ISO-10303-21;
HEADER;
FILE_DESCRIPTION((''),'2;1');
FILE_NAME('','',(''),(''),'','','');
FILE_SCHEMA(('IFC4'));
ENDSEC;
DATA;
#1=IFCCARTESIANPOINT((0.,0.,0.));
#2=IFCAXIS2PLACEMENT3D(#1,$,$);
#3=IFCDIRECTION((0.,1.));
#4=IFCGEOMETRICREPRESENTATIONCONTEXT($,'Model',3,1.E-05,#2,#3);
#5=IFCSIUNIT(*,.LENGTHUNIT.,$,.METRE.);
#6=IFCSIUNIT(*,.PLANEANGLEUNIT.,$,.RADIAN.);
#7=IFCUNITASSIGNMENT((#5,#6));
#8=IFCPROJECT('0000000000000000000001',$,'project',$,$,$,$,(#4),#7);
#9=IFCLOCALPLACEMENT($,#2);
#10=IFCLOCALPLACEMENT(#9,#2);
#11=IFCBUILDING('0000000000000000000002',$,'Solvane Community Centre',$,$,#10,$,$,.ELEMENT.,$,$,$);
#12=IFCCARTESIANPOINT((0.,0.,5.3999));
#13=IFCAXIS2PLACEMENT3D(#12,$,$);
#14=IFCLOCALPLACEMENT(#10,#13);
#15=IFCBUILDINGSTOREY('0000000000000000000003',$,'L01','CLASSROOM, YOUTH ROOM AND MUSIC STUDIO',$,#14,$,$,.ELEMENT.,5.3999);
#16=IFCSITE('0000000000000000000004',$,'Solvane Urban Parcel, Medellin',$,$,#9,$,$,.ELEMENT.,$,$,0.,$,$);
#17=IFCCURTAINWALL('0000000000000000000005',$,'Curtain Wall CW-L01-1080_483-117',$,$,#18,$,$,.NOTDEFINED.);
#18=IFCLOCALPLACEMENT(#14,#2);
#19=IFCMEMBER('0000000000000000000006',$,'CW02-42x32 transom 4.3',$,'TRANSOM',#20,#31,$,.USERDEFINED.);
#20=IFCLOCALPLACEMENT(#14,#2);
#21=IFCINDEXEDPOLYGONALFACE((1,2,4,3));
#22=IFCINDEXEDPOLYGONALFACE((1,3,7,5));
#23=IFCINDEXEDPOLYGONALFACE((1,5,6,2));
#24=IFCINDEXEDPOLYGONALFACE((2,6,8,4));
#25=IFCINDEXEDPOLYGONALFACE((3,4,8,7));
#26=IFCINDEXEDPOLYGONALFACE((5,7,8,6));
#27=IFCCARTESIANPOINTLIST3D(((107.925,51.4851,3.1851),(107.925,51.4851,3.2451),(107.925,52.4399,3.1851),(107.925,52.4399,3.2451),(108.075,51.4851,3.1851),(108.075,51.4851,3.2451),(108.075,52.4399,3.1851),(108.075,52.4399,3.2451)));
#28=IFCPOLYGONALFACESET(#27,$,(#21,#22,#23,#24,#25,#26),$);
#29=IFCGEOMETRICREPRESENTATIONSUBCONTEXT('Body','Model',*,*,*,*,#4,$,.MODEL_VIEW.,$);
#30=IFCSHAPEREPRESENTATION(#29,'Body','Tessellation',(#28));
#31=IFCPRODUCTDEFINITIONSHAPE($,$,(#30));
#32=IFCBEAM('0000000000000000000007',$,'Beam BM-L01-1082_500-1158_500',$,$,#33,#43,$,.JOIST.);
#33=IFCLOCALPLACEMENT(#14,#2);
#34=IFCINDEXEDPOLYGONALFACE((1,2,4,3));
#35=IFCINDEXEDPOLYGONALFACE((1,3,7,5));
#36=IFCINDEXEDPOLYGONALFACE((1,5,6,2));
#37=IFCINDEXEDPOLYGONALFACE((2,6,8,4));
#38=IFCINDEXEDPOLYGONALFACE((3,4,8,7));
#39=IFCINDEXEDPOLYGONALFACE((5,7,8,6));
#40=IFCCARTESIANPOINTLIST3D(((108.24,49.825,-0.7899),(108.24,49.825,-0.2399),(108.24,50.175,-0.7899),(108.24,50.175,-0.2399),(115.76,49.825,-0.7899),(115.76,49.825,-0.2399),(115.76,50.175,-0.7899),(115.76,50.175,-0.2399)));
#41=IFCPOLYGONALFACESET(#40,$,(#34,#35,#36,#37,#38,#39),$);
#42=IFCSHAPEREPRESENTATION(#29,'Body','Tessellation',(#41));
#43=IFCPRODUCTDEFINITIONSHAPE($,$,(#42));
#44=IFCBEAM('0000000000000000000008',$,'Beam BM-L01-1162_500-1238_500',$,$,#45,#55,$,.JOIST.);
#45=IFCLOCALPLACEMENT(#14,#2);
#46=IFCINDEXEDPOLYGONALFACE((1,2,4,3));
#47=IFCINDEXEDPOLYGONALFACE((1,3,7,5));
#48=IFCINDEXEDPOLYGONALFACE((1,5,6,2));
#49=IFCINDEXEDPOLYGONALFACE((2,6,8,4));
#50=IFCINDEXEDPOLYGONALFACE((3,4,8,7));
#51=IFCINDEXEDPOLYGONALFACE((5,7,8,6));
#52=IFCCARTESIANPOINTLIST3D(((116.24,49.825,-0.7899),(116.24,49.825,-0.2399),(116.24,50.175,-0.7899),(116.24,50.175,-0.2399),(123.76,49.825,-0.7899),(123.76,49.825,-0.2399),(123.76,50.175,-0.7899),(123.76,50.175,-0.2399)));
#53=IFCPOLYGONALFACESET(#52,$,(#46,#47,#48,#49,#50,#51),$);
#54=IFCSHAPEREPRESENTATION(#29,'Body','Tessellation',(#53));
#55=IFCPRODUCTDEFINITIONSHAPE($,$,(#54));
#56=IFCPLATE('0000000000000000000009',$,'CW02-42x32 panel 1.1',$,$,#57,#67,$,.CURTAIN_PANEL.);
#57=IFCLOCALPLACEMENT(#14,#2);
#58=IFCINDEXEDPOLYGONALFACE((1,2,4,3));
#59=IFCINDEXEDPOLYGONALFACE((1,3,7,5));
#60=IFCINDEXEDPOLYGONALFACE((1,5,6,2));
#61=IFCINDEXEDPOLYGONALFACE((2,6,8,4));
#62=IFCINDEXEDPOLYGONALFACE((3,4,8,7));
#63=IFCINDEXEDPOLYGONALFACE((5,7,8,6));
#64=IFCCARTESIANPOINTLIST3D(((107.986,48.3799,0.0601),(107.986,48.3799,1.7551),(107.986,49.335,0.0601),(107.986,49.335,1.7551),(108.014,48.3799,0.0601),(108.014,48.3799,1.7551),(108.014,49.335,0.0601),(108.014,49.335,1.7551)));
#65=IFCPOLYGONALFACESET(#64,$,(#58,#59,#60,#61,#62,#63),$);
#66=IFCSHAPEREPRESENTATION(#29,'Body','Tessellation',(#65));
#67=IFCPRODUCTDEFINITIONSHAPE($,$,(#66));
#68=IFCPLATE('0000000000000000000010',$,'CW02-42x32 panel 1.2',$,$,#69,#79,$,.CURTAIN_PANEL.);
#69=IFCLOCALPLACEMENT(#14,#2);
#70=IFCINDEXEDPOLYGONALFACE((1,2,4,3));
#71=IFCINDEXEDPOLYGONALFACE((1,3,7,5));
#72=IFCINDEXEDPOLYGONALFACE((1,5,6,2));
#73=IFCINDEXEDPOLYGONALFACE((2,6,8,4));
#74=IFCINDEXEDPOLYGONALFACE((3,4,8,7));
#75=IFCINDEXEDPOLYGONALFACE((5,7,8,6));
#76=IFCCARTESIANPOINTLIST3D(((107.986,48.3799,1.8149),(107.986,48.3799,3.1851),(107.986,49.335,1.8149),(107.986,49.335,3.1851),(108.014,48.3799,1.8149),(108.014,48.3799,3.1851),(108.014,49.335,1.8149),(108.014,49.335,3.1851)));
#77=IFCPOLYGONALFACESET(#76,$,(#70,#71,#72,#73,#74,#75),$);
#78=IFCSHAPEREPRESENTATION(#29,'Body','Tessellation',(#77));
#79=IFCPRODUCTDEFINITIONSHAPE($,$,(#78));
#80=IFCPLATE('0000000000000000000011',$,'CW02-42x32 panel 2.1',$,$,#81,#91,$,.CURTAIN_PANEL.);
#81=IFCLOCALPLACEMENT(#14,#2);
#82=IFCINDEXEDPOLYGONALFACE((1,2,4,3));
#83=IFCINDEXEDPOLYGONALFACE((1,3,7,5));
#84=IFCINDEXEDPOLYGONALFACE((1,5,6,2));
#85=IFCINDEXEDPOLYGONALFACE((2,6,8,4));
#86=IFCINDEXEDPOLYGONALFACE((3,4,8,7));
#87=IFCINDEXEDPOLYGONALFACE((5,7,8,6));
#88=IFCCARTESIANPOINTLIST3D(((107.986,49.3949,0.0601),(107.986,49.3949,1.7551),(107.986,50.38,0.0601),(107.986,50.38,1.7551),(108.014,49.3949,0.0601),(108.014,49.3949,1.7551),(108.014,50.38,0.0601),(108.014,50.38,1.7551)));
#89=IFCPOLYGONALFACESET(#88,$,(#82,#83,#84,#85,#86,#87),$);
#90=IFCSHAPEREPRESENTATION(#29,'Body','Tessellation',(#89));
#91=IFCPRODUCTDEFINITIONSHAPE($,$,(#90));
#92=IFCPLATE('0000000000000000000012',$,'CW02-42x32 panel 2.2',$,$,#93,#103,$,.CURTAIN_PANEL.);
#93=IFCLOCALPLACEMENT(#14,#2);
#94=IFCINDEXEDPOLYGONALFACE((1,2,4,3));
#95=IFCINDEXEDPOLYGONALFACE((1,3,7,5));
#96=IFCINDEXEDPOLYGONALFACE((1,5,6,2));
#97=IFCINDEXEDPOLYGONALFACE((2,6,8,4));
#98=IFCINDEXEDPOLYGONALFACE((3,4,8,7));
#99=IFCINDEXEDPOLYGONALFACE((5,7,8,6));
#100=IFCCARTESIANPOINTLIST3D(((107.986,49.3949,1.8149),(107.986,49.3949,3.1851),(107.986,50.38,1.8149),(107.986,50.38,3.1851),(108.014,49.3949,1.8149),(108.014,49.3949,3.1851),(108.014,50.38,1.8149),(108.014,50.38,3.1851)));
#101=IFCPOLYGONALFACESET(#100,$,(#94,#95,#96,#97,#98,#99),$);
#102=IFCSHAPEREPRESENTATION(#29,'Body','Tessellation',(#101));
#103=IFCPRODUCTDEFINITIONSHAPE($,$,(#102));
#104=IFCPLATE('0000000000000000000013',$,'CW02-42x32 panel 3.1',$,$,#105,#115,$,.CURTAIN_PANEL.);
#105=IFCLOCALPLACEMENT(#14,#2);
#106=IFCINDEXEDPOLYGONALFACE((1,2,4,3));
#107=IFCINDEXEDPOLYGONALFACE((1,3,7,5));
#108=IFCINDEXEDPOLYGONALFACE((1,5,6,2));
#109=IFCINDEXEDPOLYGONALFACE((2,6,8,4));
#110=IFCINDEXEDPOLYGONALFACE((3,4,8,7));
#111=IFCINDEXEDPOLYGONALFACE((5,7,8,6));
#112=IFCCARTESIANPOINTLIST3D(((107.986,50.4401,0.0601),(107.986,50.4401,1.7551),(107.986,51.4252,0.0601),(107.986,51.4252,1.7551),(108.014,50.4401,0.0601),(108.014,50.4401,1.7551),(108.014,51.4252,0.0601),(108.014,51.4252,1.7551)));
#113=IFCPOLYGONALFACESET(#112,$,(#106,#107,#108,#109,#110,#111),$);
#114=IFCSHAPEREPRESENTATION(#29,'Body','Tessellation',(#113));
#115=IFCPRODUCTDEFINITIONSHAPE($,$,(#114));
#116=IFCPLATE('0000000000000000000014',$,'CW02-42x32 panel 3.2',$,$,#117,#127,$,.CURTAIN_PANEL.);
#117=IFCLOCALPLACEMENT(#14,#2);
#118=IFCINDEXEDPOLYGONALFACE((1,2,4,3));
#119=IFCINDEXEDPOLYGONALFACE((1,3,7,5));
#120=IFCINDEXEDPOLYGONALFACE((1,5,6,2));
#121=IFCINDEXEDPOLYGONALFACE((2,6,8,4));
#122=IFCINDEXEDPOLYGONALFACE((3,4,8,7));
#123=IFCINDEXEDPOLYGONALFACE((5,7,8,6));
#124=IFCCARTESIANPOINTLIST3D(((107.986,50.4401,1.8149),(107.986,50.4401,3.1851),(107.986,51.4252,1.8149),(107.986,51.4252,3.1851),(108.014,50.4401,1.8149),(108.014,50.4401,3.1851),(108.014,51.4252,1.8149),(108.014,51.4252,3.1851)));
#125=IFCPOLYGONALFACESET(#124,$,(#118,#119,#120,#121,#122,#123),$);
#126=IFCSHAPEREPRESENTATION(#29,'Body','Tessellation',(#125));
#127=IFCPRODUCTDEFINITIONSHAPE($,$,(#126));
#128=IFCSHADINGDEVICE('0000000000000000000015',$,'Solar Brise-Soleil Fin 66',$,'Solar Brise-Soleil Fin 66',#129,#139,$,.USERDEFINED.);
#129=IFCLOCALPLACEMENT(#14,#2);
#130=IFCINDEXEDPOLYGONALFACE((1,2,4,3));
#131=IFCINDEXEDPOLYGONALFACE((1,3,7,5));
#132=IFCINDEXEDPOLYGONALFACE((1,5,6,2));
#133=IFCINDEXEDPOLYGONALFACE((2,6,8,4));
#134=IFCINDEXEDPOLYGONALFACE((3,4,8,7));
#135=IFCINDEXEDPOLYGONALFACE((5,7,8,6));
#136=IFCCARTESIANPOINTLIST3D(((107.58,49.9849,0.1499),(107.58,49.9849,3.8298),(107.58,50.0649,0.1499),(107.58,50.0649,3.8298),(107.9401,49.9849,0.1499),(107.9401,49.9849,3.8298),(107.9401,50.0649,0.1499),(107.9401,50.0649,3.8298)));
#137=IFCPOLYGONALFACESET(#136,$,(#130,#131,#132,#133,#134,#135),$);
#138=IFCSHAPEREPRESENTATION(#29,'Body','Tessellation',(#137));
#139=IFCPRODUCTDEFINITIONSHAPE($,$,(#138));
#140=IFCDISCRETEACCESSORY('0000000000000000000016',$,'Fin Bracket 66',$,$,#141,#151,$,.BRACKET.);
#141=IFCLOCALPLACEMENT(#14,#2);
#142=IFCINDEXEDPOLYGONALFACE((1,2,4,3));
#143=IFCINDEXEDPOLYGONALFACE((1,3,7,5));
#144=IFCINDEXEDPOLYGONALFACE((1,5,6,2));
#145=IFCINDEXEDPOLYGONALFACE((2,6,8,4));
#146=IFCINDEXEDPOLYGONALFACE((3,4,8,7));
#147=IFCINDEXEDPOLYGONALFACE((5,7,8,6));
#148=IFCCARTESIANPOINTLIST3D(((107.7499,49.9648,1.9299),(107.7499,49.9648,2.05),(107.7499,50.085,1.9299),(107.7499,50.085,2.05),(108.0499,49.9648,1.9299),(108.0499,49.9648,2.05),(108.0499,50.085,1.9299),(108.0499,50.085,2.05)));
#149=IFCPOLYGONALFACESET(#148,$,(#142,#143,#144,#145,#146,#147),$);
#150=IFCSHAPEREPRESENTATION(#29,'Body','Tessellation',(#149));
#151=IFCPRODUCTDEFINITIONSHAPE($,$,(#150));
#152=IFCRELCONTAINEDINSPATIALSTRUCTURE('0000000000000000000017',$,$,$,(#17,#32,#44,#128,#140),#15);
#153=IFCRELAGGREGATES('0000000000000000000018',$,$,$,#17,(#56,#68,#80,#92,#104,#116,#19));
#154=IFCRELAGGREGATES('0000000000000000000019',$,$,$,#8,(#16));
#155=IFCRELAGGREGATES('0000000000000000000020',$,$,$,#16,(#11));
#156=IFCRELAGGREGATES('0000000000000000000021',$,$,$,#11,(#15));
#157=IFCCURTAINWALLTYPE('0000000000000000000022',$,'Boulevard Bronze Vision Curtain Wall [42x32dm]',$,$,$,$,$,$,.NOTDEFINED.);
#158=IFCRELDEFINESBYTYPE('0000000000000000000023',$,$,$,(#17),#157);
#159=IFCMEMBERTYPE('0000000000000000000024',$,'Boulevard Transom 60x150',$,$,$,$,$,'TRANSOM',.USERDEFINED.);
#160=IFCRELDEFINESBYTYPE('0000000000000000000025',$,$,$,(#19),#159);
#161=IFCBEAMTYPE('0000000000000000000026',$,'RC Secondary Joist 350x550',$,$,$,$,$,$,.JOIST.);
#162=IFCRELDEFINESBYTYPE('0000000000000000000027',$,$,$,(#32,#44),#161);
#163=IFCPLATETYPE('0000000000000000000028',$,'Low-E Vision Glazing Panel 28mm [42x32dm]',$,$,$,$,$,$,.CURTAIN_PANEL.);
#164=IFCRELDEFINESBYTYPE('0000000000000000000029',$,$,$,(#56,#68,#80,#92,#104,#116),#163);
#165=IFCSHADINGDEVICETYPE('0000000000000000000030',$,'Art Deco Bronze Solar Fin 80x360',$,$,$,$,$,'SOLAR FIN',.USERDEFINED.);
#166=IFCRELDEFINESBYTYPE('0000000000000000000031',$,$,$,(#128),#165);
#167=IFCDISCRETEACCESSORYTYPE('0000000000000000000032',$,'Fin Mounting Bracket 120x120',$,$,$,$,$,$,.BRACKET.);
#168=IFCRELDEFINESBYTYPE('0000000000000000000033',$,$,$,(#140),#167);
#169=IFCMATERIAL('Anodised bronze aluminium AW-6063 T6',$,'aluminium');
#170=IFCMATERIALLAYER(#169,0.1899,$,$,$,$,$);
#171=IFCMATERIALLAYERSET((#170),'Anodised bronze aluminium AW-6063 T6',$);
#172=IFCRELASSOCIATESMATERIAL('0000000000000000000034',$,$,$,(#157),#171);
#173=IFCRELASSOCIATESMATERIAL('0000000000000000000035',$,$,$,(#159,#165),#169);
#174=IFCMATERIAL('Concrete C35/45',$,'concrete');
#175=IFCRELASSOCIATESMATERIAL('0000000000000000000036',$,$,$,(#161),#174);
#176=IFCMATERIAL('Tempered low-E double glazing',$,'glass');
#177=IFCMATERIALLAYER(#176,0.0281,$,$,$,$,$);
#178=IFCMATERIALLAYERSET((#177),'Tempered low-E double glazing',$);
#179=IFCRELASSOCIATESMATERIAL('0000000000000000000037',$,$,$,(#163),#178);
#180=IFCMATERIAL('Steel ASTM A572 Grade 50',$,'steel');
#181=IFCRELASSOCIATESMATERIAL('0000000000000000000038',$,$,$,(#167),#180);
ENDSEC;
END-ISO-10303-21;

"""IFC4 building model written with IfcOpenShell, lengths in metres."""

from ifc_helpers import new_model, si_unit, direction, frame, origin, origin_2d, place, context, subcontext, project, spatial, rectangle, extrude, material, layer, layer_set, material_profile, profile_set, type_object, element, aggregate, save


model = new_model("IFC4")

# Units and contexts
model_context = context("Model", 3, precision=1e-05, world=origin(), true_north=direction((0.0, 1.0)))
body_context = subcontext(model_context, "Body", "Model", "MODEL_VIEW")
ifc_project = project(units=[si_unit("LENGTHUNIT", "METRE"), si_unit("PLANEANGLEUNIT", "RADIAN")], contexts=[model_context])

# Site, building, storey
site_placement = place(None, origin())
site = spatial("IfcSite", under=ifc_project, at=site_placement, Name="Solvane Urban Parcel, Medellin", CompositionType="ELEMENT", RefElevation=0.0)
building_placement = place(site_placement, origin())
building = spatial("IfcBuilding", under=site, at=building_placement, Name="Solvane Community Centre", CompositionType="ELEMENT")
storey_placement = place(building_placement, frame((0.0, 0.0, 5.3999)))
storey = spatial("IfcBuildingStorey", under=building, at=storey_placement, Name="L01", Description="CLASSROOM, YOUTH ROOM AND MUSIC STUDIO", CompositionType="ELEMENT", Elevation=5.3999)

# Curtain wall, member
ifc_material_1 = material(Name="Anodised bronze aluminium AW-6063 T6", Category="aluminium")
ifc_layer_1 = layer(ifc_material_1, 0.1899)
ifc_layer_set_1 = layer_set([ifc_layer_1], Name="Anodised bronze aluminium AW-6063 T6")
curtain_wall_type = type_object("IfcCurtainWallType", Name="Boulevard Bronze Vision Curtain Wall [42x32dm]", PredefinedType="NOTDEFINED", material=ifc_layer_set_1)
curtain_wall_placement = place(storey_placement, origin())
curtain_wall = element("IfcCurtainWall", 1, at=curtain_wall_placement, inside=storey, type_object=curtain_wall_type, Name="Curtain Wall CW-L01-1080_483-117", PredefinedType="NOTDEFINED")
ifc_material_profile_1 = material_profile(ifc_material_1, rectangle(XDim=0.1499, YDim=0.0601, at=origin_2d()), Name="CW-T 60x150")
ifc_profile_set_1 = profile_set([ifc_material_profile_1], Name="Anodised bronze aluminium AW-6063 T6")
member_type_1 = type_object("IfcMemberType", Name="Boulevard Transom 60x150", ElementType="TRANSOM", PredefinedType="USERDEFINED", material=ifc_profile_set_1)
member_1_placement = place(storey_placement, frame((108.0, 51.4851, 3.2151), z_axis=(0.0, 1.0, 0.0), x_axis=(-1.0, 0.0, 0.0)))
member_1 = element("IfcMember", 2, at=member_1_placement, type_object=member_type_1, Name="CW02-42x32 transom 4.3", ObjectType="TRANSOM", PredefinedType="USERDEFINED", context=body_context, shape_type="SweptSolid", body=[
    extrude(rectangle(XDim=0.1499, YDim=0.0601, at=origin_2d()), origin(), (0.0, 0.0, 1.0), 0.9548),
])

# Beams
ifc_material_2 = material(Name="Concrete C35/45", Category="concrete")
ifc_material_profile_2 = material_profile(ifc_material_2, rectangle(XDim=0.3501, YDim=0.55, at=origin_2d()), Name="RC 350x550")
ifc_profile_set_2 = profile_set([ifc_material_profile_2], Name="Concrete C35/45")
beam_type = type_object("IfcBeamType", Name="RC Secondary Joist 350x550", PredefinedType="JOIST", material=ifc_profile_set_2)
for number, where, z_axis, x_axis, name in (
    (3, (108.24, 50.0, -0.5149), (1.0, 0.0, 0.0), (0.0, 1.0, 0.0), "Beam BM-L01-1082_500-1158_500"),
    (4, (116.24, 50.0, -0.5149), (1.0, 0.0, 0.0), (0.0, 1.0, 0.0), "Beam BM-L01-1162_500-1238_500"),
):
    element("IfcBeam", number, at=place(storey_placement, frame(where, z_axis=z_axis, x_axis=x_axis)), inside=storey, type_object=beam_type, Name=name, PredefinedType="JOIST", context=body_context, shape_type="SweptSolid", body=[
        extrude(rectangle(XDim=0.3501, YDim=0.55, at=origin_2d()), origin(), (0.0, 0.0, 1.0), 7.52),
    ])

# Plates
ifc_material_3 = material(Name="Tempered low-E double glazing", Category="glass")
ifc_layer_2 = layer(ifc_material_3, 0.0281)
ifc_layer_set_2 = layer_set([ifc_layer_2], Name="Tempered low-E double glazing")
plate_type = type_object("IfcPlateType", Name="Low-E Vision Glazing Panel 28mm [42x32dm]", PredefinedType="CURTAIN_PANEL", material=ifc_layer_set_2)
plate_1_placement = place(storey_placement, frame((108.0, 48.8574, 0.0601), z_axis=(0.0, 0.0, 1.0), x_axis=(0.0, 1.0, 0.0)))
plate_1 = element("IfcPlate", 5, at=plate_1_placement, type_object=plate_type, Name="CW02-42x32 panel 1.1", PredefinedType="CURTAIN_PANEL", context=body_context, shape_type="SweptSolid", body=[
    extrude(rectangle(XDim=0.9551, YDim=0.0281, at=origin_2d()), origin(), (0.0, 0.0, 1.0), 1.6951),
])
plate_2_placement = place(storey_placement, frame((108.0, 48.8574, 1.8149), z_axis=(0.0, 0.0, 1.0), x_axis=(0.0, 1.0, 0.0)))
plate_2 = element("IfcPlate", 6, at=plate_2_placement, type_object=plate_type, Name="CW02-42x32 panel 1.2", PredefinedType="CURTAIN_PANEL", context=body_context, shape_type="SweptSolid", body=[
    extrude(rectangle(XDim=0.9551, YDim=0.0281, at=origin_2d()), origin(), (0.0, 0.0, 1.0), 1.3701),
])
plate_3_placement = place(storey_placement, frame((108.0, 49.8875, 0.0601), z_axis=(0.0, 0.0, 1.0), x_axis=(0.0, 1.0, 0.0)))
plate_3 = element("IfcPlate", 7, at=plate_3_placement, type_object=plate_type, Name="CW02-42x32 panel 2.1", PredefinedType="CURTAIN_PANEL", context=body_context, shape_type="SweptSolid", body=[
    extrude(rectangle(XDim=0.9851, YDim=0.0281, at=origin_2d()), origin(), (0.0, 0.0, 1.0), 1.6951),
])
plate_4_placement = place(storey_placement, frame((108.0, 49.8875, 1.8149), z_axis=(0.0, 0.0, 1.0), x_axis=(0.0, 1.0, 0.0)))
plate_4 = element("IfcPlate", 8, at=plate_4_placement, type_object=plate_type, Name="CW02-42x32 panel 2.2", PredefinedType="CURTAIN_PANEL", context=body_context, shape_type="SweptSolid", body=[
    extrude(rectangle(XDim=0.9851, YDim=0.0281, at=origin_2d()), origin(), (0.0, 0.0, 1.0), 1.3701),
])
plate_5_placement = place(storey_placement, frame((108.0, 50.9326, 0.0601), z_axis=(0.0, 0.0, 1.0), x_axis=(0.0, 1.0, 0.0)))
plate_5 = element("IfcPlate", 9, at=plate_5_placement, type_object=plate_type, Name="CW02-42x32 panel 3.1", PredefinedType="CURTAIN_PANEL", context=body_context, shape_type="SweptSolid", body=[
    extrude(rectangle(XDim=0.9851, YDim=0.0281, at=origin_2d()), origin(), (0.0, 0.0, 1.0), 1.6951),
])
plate_6_placement = place(storey_placement, frame((108.0, 50.9326, 1.8149), z_axis=(0.0, 0.0, 1.0), x_axis=(0.0, 1.0, 0.0)))
plate_6 = element("IfcPlate", 10, at=plate_6_placement, type_object=plate_type, Name="CW02-42x32 panel 3.2", PredefinedType="CURTAIN_PANEL", context=body_context, shape_type="SweptSolid", body=[
    extrude(rectangle(XDim=0.9851, YDim=0.0281, at=origin_2d()), origin(), (0.0, 0.0, 1.0), 1.3701),
])
aggregate(curtain_wall, [plate_1, plate_2, plate_3, plate_4, plate_5, plate_6, member_1])

# Shading device
shading_device_type = type_object("IfcShadingDeviceType", Name="Art Deco Bronze Solar Fin 80x360", ElementType="SOLAR FIN", PredefinedType="USERDEFINED", material=ifc_material_1)
shading_device_placement = place(storey_placement, frame((107.76, 50.0249, 0.1499), z_axis=(0.0, 0.0, 1.0), x_axis=(0.0, 1.0, 0.0)))
element("IfcShadingDevice", 11, at=shading_device_placement, inside=storey, type_object=shading_device_type, Name="Solar Brise-Soleil Fin 66", ObjectType="Solar Brise-Soleil Fin 66", PredefinedType="USERDEFINED", context=body_context, shape_type="SweptSolid", body=[
    extrude(rectangle(XDim=0.0801, YDim=0.3601, at=origin_2d()), origin(), (0.0, 0.0, 1.0), 3.6799),
])

# Discrete accessory
ifc_material_4 = material(Name="Steel ASTM A572 Grade 50", Category="steel")
discrete_accessory_type = type_object("IfcDiscreteAccessoryType", Name="Fin Mounting Bracket 120x120", PredefinedType="BRACKET", material=ifc_material_4)
discrete_accessory_placement = place(storey_placement, frame((107.8999, 50.0249, 1.9299), z_axis=(0.0, 0.0, 1.0), x_axis=(0.0, 1.0, 0.0)))
element("IfcDiscreteAccessory", 12, at=discrete_accessory_placement, inside=storey, type_object=discrete_accessory_type, Name="Fin Bracket 66", PredefinedType="BRACKET", context=body_context, shape_type="SweptSolid", body=[
    extrude(rectangle(XDim=0.1201, YDim=0.3, at=origin_2d()), origin(), (0.0, 0.0, 1.0), 0.1201),
])

save(model, "model.ifc")
